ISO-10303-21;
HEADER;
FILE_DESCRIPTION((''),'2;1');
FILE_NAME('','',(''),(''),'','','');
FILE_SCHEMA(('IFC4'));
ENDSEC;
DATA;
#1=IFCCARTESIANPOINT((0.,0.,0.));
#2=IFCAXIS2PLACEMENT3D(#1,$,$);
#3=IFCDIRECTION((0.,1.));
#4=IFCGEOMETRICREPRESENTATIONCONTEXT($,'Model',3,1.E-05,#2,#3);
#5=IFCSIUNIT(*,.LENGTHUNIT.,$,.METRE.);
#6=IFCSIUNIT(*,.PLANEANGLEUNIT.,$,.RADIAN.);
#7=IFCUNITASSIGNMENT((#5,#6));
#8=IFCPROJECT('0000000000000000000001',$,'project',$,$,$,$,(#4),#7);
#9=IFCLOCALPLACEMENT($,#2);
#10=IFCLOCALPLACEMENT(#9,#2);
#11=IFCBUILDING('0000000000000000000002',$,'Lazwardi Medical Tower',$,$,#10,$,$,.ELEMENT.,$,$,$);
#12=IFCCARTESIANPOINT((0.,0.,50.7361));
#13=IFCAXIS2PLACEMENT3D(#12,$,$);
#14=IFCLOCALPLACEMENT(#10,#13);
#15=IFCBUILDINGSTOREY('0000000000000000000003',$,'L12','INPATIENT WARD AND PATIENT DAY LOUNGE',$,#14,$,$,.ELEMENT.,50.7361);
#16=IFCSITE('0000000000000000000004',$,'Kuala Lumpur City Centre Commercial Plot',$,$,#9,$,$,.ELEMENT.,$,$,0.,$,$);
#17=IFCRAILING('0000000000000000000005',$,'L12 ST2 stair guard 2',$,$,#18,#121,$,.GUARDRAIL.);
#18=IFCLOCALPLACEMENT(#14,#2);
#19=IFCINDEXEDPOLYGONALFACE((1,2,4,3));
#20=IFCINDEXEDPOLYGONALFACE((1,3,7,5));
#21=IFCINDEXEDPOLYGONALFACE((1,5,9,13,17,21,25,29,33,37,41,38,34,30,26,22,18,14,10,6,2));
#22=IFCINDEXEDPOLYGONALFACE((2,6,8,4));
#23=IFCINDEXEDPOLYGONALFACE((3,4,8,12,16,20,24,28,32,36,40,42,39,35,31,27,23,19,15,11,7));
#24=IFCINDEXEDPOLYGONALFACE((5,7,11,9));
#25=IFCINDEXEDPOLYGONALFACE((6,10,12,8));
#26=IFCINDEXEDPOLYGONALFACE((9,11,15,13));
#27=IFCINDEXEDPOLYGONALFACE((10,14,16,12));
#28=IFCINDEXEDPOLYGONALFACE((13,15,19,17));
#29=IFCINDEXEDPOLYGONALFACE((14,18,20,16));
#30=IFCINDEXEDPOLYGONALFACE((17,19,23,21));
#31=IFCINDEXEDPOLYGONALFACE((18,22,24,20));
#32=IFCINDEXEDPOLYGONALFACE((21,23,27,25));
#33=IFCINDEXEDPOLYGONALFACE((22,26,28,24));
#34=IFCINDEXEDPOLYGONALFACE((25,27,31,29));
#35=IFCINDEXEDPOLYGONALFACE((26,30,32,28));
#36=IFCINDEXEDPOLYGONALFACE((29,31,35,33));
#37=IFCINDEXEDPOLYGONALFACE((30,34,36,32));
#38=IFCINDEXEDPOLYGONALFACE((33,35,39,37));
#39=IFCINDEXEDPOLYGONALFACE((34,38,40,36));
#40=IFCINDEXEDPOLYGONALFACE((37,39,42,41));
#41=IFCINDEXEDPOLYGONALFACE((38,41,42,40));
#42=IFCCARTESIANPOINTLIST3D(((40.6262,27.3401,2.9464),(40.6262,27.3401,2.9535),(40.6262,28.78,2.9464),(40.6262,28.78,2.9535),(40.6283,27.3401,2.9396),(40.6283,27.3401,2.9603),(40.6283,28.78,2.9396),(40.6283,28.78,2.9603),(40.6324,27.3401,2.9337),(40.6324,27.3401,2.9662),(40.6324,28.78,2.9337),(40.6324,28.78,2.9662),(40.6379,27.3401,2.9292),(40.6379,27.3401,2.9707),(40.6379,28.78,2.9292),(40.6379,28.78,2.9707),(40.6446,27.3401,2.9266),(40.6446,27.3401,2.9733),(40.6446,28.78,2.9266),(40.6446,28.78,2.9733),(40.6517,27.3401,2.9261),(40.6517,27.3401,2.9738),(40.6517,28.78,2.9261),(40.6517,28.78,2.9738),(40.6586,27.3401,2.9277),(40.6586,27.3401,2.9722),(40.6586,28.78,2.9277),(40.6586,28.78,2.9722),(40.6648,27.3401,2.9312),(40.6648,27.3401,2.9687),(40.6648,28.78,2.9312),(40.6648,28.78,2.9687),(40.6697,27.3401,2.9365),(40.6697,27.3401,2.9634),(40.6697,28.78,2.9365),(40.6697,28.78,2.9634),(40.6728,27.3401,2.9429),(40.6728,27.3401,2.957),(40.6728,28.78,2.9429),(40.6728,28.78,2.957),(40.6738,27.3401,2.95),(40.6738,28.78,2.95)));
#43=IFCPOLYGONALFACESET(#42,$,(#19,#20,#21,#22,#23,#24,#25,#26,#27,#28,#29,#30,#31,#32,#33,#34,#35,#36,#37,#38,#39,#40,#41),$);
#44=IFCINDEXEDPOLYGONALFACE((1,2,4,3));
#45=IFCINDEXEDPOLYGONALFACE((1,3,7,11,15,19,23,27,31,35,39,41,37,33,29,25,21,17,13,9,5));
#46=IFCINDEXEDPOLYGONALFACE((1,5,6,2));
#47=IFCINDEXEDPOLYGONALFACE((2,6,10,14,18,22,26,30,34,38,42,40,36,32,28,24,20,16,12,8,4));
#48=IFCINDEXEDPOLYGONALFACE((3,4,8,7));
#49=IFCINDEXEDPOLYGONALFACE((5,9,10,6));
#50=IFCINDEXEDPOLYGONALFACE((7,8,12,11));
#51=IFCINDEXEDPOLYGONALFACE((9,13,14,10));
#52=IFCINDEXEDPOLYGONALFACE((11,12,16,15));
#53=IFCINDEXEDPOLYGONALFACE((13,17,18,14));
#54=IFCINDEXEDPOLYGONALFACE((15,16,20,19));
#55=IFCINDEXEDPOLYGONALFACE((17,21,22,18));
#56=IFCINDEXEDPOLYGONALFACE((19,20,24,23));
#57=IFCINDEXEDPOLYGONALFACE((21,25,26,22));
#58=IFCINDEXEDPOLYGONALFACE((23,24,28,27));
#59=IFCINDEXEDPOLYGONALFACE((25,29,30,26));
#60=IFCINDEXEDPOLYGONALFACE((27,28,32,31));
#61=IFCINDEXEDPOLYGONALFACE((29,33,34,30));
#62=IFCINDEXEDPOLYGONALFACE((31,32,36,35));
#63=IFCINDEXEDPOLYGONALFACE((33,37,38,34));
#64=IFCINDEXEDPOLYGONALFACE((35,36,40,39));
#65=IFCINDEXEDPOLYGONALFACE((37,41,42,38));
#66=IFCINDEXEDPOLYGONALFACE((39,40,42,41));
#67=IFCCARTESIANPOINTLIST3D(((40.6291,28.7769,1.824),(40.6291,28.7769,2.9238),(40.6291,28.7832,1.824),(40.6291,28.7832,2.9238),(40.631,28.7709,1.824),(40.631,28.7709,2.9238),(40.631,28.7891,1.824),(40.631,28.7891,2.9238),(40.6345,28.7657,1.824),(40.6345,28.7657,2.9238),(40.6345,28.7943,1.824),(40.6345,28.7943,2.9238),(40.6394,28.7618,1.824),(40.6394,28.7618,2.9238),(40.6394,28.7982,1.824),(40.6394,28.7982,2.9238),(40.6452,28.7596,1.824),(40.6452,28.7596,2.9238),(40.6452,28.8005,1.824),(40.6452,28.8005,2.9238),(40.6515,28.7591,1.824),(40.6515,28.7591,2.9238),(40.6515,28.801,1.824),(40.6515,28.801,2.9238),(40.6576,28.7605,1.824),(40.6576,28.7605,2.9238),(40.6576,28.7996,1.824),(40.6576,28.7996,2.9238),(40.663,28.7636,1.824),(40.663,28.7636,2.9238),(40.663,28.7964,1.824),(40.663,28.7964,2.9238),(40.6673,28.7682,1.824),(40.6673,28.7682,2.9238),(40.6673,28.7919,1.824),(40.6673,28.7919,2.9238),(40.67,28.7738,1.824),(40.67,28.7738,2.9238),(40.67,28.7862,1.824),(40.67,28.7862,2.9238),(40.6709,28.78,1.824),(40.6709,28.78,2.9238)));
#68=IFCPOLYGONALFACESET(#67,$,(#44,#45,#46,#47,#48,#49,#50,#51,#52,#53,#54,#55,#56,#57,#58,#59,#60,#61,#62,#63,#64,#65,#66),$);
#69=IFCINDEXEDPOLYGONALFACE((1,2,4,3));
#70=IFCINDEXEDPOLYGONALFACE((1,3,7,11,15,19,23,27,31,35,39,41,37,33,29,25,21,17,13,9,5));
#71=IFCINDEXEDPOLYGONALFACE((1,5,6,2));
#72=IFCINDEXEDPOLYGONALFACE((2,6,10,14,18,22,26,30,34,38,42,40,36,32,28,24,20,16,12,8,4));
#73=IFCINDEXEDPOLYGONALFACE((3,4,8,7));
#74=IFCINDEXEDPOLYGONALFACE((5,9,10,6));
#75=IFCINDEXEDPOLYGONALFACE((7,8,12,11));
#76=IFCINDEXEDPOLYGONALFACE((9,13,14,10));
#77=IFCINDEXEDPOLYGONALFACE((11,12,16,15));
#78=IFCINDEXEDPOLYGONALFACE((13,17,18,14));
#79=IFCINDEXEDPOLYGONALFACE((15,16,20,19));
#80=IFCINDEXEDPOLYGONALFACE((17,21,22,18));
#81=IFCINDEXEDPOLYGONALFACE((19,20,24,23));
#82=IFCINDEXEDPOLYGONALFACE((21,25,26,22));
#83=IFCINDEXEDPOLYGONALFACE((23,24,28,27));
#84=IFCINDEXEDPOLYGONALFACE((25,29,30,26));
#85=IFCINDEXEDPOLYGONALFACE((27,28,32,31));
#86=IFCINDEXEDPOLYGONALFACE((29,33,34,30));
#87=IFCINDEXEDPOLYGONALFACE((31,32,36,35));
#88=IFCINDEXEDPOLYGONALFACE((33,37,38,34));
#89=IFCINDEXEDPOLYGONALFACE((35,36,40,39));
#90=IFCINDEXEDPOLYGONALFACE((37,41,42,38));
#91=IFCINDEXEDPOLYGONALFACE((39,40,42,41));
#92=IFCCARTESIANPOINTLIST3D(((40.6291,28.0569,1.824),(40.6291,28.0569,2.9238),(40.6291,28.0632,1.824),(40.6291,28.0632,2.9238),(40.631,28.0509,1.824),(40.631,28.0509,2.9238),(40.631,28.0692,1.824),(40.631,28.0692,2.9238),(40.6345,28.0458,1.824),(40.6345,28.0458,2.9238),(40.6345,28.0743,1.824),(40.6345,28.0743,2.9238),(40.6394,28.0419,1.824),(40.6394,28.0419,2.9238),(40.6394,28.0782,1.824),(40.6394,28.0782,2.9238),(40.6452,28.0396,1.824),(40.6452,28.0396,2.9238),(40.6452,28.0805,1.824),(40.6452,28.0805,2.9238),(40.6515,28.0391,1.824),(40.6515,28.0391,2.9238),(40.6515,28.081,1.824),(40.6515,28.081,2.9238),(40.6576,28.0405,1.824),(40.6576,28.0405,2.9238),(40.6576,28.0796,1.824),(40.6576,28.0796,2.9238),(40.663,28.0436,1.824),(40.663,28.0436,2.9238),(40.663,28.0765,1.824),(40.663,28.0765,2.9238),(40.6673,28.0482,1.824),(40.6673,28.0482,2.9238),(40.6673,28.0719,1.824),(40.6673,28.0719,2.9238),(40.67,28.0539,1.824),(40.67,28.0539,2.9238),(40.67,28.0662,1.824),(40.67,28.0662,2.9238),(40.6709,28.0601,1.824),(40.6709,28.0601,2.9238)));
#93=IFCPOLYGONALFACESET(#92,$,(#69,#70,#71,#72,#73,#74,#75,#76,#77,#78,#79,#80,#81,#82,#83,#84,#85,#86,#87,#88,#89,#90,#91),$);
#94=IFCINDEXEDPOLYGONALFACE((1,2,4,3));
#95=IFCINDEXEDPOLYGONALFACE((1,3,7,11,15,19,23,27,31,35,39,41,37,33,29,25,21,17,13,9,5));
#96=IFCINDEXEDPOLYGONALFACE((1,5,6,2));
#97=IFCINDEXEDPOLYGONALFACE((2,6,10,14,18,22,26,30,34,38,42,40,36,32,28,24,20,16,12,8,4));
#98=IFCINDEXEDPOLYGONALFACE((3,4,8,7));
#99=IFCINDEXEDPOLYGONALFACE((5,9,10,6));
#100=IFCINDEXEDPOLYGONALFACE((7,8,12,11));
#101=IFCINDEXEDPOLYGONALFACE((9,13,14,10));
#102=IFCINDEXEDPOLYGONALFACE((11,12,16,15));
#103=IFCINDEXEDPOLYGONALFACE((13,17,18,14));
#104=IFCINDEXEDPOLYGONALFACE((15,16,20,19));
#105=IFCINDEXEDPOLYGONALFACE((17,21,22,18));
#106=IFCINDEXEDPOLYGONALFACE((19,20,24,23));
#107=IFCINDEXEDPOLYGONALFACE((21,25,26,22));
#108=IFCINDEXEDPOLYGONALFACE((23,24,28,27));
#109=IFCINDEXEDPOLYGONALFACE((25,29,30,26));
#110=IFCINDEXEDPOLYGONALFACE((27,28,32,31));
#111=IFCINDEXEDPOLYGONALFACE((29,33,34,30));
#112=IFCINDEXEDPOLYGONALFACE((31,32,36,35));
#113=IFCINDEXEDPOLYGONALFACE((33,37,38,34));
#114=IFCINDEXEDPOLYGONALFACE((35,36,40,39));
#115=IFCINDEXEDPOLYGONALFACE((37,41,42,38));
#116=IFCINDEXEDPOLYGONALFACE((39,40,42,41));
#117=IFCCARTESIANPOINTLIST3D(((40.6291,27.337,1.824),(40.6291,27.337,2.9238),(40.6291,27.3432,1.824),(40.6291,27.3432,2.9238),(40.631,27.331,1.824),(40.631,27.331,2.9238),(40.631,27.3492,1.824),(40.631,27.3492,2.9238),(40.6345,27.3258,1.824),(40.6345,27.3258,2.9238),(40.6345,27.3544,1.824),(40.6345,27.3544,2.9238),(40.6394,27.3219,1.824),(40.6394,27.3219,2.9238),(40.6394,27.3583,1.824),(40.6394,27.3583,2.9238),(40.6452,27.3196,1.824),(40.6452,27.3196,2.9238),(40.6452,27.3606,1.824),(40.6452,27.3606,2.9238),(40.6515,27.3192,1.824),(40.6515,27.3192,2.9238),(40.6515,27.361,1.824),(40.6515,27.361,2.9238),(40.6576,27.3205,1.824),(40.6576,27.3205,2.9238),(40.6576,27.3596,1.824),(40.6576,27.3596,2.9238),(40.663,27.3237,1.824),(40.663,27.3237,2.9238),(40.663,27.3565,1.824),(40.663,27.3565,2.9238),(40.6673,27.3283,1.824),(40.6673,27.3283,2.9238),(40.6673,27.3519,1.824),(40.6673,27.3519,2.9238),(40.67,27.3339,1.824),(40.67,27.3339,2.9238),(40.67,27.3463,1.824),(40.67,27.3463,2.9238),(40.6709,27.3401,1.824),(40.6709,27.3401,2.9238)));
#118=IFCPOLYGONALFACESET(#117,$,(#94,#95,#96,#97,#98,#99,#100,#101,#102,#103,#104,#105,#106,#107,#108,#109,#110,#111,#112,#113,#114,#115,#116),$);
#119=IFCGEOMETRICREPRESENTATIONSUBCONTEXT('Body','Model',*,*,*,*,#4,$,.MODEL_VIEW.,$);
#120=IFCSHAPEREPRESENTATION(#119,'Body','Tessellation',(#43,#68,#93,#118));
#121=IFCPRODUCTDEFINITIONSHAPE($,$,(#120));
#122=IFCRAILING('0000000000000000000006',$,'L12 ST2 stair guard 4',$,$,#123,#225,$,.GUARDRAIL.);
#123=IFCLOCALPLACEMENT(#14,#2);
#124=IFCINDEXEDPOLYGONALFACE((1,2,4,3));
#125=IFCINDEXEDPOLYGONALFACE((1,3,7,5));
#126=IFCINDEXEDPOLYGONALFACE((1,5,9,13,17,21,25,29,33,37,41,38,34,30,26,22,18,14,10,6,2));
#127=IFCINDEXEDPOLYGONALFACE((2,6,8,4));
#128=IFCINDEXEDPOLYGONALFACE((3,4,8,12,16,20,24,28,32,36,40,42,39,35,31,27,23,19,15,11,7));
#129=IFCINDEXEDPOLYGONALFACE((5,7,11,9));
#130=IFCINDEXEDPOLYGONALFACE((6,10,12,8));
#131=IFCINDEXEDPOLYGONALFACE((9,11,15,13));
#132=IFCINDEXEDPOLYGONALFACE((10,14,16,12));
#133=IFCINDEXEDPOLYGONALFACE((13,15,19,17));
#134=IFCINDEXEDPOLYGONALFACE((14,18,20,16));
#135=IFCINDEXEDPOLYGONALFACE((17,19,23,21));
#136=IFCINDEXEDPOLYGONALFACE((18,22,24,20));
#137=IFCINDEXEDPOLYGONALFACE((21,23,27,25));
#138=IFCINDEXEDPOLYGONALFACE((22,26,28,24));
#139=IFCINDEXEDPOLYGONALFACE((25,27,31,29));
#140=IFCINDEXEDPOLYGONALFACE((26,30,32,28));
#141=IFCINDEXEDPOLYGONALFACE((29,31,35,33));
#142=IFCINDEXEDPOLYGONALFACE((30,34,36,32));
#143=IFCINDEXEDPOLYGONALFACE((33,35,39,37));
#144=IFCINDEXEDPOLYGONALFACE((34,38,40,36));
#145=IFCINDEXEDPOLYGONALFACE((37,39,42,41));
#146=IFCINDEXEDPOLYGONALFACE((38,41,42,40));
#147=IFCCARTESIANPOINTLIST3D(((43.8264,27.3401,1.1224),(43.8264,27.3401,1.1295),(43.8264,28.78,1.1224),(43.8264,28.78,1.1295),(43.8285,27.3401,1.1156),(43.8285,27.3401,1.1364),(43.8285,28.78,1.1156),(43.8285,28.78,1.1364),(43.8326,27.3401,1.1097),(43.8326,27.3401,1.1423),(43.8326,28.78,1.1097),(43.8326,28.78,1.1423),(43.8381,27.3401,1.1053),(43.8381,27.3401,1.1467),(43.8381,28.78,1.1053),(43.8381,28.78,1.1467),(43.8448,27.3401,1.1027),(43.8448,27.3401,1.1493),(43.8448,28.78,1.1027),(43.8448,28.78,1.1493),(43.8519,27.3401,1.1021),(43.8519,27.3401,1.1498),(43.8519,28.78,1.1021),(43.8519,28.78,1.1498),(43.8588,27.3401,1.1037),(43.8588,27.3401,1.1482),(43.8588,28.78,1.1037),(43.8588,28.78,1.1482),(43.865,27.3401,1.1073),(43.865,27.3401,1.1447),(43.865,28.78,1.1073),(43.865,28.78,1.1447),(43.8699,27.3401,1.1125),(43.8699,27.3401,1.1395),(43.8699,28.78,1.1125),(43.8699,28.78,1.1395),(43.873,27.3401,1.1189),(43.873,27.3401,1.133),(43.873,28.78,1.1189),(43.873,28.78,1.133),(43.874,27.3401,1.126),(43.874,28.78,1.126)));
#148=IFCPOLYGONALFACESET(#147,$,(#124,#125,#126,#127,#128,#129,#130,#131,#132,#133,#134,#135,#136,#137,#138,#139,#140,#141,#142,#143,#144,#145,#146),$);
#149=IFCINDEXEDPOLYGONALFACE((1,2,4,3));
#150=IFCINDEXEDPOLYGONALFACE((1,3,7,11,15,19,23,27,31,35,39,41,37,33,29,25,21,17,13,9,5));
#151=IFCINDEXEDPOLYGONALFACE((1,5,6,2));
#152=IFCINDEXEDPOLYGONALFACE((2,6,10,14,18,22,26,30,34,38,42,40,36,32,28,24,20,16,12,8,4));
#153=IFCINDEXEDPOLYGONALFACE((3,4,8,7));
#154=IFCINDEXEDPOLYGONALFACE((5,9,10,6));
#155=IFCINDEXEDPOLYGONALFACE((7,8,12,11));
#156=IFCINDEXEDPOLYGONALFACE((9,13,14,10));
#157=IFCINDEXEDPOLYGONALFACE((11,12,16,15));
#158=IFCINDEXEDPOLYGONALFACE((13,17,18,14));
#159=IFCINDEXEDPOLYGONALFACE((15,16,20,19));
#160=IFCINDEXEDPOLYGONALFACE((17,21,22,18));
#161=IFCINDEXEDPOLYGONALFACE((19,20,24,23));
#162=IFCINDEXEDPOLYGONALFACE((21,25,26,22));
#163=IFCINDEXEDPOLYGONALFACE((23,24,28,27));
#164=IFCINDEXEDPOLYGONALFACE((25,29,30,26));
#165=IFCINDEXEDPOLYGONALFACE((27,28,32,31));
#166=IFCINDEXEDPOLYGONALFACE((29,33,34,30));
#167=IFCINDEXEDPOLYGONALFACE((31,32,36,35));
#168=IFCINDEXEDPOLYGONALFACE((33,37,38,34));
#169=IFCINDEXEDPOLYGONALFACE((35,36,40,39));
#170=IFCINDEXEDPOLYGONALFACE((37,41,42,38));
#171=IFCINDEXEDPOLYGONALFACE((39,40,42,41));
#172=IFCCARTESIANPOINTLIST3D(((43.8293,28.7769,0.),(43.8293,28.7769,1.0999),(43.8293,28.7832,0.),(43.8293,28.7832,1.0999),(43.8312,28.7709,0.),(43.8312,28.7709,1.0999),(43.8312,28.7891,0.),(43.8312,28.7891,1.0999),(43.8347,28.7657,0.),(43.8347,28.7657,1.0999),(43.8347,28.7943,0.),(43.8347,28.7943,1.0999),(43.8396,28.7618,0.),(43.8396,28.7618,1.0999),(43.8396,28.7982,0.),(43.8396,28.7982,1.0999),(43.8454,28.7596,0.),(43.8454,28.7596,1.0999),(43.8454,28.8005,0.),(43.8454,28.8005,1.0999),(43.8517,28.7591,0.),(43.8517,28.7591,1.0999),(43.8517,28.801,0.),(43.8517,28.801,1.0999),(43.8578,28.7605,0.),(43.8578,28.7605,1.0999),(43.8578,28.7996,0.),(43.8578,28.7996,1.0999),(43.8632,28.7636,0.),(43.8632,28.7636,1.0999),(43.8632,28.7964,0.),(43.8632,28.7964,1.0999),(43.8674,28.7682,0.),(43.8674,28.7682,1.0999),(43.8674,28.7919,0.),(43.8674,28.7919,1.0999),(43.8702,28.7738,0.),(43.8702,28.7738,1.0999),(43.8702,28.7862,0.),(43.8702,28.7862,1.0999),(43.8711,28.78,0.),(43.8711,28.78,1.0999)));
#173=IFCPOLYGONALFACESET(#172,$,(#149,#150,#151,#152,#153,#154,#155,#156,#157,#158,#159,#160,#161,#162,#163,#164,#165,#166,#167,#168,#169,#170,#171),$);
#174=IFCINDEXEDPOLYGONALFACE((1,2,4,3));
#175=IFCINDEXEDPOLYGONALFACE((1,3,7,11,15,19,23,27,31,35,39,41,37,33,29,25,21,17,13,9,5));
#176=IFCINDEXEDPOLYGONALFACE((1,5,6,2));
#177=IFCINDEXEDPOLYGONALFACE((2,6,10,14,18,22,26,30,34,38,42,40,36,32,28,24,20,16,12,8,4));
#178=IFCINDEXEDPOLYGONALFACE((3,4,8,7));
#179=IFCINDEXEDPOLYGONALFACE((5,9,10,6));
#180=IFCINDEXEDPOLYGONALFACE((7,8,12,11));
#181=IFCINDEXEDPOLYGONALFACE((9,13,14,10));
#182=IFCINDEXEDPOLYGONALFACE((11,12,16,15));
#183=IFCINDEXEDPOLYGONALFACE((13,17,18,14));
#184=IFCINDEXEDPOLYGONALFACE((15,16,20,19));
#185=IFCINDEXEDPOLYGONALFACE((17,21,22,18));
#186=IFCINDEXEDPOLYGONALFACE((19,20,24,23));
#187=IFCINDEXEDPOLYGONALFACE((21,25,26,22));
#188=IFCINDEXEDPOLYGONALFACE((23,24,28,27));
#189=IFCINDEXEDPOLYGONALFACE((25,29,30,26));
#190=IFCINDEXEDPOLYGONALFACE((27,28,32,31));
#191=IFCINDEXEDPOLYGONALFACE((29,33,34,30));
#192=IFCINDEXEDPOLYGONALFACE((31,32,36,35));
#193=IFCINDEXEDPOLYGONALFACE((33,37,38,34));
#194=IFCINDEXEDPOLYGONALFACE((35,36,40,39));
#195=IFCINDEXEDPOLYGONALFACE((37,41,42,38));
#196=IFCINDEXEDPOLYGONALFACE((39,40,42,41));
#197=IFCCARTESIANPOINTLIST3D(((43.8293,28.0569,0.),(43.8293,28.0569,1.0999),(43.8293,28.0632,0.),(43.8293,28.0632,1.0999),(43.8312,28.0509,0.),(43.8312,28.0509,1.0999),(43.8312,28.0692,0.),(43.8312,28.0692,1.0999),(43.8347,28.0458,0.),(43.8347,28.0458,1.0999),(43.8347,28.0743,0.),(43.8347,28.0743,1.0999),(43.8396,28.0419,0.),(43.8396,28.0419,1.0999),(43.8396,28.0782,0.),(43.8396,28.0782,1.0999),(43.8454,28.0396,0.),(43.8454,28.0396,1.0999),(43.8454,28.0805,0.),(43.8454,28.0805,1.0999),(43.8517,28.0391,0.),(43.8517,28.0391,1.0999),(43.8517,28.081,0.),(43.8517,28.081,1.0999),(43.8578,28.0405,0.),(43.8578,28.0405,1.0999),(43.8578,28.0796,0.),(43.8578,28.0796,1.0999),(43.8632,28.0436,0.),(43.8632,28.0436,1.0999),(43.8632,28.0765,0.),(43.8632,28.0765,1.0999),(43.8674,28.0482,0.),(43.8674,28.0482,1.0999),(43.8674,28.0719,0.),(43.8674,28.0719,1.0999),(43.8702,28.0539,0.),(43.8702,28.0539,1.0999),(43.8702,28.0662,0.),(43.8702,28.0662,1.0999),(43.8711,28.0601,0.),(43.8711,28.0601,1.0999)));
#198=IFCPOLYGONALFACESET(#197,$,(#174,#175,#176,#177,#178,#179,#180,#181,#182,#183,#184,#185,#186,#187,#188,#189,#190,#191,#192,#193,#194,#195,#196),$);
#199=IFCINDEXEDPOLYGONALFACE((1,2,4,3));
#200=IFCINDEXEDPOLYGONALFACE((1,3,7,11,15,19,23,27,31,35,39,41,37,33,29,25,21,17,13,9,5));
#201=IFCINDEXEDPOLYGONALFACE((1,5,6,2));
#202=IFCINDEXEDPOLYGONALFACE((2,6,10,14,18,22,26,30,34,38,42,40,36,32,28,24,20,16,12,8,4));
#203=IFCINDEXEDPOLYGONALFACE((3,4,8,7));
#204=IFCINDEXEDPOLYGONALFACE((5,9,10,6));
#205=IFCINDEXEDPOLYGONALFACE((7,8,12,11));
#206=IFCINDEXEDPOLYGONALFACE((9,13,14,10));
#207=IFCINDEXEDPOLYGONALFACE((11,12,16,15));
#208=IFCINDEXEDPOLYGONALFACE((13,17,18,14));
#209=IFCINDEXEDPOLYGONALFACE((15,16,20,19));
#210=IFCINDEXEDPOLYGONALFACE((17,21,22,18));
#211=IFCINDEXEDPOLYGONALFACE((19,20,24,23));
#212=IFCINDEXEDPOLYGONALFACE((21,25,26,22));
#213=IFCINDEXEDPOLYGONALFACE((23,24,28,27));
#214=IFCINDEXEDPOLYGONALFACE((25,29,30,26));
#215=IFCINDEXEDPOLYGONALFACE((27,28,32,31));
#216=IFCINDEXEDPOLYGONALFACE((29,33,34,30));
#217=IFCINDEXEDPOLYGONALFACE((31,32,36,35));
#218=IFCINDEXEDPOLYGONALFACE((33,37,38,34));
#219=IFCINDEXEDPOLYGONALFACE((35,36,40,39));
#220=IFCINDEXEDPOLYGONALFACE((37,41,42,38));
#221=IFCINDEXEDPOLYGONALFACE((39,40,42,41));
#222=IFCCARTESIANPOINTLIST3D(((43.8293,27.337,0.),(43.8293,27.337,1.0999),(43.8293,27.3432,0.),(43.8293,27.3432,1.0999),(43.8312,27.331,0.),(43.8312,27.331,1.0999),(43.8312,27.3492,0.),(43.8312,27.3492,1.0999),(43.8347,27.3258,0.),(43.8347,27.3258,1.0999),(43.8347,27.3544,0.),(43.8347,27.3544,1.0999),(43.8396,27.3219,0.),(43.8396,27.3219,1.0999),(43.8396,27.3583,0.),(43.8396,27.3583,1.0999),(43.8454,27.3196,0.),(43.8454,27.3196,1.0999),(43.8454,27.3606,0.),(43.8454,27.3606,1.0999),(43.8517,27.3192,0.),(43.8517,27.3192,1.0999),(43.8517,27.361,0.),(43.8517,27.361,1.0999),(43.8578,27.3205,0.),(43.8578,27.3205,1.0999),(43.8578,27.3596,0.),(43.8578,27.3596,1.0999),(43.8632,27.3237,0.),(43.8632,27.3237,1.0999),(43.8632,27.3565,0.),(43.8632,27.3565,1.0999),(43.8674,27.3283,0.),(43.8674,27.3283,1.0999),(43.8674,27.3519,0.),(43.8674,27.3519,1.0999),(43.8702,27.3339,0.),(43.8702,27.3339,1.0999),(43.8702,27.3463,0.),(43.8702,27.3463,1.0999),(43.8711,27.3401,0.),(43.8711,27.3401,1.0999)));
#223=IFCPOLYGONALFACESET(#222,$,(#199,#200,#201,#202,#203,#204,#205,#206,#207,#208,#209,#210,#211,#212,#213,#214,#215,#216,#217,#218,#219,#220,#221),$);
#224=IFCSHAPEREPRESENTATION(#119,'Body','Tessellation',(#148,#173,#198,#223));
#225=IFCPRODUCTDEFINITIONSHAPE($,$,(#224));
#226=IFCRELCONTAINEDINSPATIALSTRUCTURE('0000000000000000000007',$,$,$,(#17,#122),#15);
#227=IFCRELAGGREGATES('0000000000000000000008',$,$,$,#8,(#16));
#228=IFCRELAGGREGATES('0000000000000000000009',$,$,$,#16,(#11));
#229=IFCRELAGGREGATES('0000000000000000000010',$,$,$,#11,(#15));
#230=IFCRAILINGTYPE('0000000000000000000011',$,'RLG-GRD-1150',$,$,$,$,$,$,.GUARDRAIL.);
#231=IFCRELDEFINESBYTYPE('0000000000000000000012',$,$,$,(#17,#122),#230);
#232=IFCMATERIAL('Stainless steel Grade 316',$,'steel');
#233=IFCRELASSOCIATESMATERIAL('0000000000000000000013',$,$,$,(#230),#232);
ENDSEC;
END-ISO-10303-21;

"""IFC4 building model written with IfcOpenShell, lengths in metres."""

from ifc_helpers import new_model, si_unit, direction, frame, origin, origin_2d, place, context, subcontext, project, spatial, circle, extrude, material, type_object, element, save


model = new_model("IFC4")

# Units and contexts
model_context = context("Model", 3, precision=1e-05, world=origin(), true_north=direction((0.0, 1.0)))
body_context = subcontext(model_context, "Body", "Model", "MODEL_VIEW")
ifc_project = project(units=[si_unit("LENGTHUNIT", "METRE"), si_unit("PLANEANGLEUNIT", "RADIAN")], contexts=[model_context])

# Site, building, storey
site_placement = place(None, origin())
site = spatial("IfcSite", under=ifc_project, at=site_placement, Name="Kuala Lumpur City Centre Commercial Plot", CompositionType="ELEMENT", RefElevation=0.0)
building_placement = place(site_placement, origin())
building = spatial("IfcBuilding", under=site, at=building_placement, Name="Lazwardi Medical Tower", CompositionType="ELEMENT")
storey_placement = place(building_placement, frame((0.0, 0.0, 50.7361)))
storey = spatial("IfcBuildingStorey", under=building, at=storey_placement, Name="L12", Description="INPATIENT WARD AND PATIENT DAY LOUNGE", CompositionType="ELEMENT", Elevation=50.7361)

# Railings
ifc_material_1 = material(Name="Stainless steel Grade 316", Category="steel")
railing_type_1 = type_object("IfcRailingType", Name="RLG-GRD-1150", PredefinedType="GUARDRAIL", material=ifc_material_1)
for number, where, name in (
    (1, (40.6499, 28.78, 1.824), "L12 ST2 stair guard 2"),
    (2, (43.8501, 28.78, 0.0), "L12 ST2 stair guard 4"),
):
    element("IfcRailing", number, at=place(storey_placement, frame(where)), inside=storey, type_object=railing_type_1, Name=name, PredefinedType="GUARDRAIL", context=body_context, shape_type="SweptSolid", body=[
        extrude(circle(Radius=0.0239, at=origin_2d()), frame((0.0, 0.0, 1.126), z_axis=(0.0, -1.0, 0.0), x_axis=(1.0, 0.0, 0.0)), (0.0, 0.0, 1.0), 1.4399),
        extrude(circle(Radius=0.021, at=origin_2d()), origin(), (0.0, 0.0, 1.0), 1.0999),
        extrude(circle(Radius=0.021, at=origin_2d()), frame((0.0, -0.72, 0.0)), (0.0, 0.0, 1.0), 1.0999),
        extrude(circle(Radius=0.021, at=origin_2d()), frame((0.0, -1.4399, 0.0)), (0.0, 0.0, 1.0), 1.0999),
    ])

save(model, "model.ifc")
